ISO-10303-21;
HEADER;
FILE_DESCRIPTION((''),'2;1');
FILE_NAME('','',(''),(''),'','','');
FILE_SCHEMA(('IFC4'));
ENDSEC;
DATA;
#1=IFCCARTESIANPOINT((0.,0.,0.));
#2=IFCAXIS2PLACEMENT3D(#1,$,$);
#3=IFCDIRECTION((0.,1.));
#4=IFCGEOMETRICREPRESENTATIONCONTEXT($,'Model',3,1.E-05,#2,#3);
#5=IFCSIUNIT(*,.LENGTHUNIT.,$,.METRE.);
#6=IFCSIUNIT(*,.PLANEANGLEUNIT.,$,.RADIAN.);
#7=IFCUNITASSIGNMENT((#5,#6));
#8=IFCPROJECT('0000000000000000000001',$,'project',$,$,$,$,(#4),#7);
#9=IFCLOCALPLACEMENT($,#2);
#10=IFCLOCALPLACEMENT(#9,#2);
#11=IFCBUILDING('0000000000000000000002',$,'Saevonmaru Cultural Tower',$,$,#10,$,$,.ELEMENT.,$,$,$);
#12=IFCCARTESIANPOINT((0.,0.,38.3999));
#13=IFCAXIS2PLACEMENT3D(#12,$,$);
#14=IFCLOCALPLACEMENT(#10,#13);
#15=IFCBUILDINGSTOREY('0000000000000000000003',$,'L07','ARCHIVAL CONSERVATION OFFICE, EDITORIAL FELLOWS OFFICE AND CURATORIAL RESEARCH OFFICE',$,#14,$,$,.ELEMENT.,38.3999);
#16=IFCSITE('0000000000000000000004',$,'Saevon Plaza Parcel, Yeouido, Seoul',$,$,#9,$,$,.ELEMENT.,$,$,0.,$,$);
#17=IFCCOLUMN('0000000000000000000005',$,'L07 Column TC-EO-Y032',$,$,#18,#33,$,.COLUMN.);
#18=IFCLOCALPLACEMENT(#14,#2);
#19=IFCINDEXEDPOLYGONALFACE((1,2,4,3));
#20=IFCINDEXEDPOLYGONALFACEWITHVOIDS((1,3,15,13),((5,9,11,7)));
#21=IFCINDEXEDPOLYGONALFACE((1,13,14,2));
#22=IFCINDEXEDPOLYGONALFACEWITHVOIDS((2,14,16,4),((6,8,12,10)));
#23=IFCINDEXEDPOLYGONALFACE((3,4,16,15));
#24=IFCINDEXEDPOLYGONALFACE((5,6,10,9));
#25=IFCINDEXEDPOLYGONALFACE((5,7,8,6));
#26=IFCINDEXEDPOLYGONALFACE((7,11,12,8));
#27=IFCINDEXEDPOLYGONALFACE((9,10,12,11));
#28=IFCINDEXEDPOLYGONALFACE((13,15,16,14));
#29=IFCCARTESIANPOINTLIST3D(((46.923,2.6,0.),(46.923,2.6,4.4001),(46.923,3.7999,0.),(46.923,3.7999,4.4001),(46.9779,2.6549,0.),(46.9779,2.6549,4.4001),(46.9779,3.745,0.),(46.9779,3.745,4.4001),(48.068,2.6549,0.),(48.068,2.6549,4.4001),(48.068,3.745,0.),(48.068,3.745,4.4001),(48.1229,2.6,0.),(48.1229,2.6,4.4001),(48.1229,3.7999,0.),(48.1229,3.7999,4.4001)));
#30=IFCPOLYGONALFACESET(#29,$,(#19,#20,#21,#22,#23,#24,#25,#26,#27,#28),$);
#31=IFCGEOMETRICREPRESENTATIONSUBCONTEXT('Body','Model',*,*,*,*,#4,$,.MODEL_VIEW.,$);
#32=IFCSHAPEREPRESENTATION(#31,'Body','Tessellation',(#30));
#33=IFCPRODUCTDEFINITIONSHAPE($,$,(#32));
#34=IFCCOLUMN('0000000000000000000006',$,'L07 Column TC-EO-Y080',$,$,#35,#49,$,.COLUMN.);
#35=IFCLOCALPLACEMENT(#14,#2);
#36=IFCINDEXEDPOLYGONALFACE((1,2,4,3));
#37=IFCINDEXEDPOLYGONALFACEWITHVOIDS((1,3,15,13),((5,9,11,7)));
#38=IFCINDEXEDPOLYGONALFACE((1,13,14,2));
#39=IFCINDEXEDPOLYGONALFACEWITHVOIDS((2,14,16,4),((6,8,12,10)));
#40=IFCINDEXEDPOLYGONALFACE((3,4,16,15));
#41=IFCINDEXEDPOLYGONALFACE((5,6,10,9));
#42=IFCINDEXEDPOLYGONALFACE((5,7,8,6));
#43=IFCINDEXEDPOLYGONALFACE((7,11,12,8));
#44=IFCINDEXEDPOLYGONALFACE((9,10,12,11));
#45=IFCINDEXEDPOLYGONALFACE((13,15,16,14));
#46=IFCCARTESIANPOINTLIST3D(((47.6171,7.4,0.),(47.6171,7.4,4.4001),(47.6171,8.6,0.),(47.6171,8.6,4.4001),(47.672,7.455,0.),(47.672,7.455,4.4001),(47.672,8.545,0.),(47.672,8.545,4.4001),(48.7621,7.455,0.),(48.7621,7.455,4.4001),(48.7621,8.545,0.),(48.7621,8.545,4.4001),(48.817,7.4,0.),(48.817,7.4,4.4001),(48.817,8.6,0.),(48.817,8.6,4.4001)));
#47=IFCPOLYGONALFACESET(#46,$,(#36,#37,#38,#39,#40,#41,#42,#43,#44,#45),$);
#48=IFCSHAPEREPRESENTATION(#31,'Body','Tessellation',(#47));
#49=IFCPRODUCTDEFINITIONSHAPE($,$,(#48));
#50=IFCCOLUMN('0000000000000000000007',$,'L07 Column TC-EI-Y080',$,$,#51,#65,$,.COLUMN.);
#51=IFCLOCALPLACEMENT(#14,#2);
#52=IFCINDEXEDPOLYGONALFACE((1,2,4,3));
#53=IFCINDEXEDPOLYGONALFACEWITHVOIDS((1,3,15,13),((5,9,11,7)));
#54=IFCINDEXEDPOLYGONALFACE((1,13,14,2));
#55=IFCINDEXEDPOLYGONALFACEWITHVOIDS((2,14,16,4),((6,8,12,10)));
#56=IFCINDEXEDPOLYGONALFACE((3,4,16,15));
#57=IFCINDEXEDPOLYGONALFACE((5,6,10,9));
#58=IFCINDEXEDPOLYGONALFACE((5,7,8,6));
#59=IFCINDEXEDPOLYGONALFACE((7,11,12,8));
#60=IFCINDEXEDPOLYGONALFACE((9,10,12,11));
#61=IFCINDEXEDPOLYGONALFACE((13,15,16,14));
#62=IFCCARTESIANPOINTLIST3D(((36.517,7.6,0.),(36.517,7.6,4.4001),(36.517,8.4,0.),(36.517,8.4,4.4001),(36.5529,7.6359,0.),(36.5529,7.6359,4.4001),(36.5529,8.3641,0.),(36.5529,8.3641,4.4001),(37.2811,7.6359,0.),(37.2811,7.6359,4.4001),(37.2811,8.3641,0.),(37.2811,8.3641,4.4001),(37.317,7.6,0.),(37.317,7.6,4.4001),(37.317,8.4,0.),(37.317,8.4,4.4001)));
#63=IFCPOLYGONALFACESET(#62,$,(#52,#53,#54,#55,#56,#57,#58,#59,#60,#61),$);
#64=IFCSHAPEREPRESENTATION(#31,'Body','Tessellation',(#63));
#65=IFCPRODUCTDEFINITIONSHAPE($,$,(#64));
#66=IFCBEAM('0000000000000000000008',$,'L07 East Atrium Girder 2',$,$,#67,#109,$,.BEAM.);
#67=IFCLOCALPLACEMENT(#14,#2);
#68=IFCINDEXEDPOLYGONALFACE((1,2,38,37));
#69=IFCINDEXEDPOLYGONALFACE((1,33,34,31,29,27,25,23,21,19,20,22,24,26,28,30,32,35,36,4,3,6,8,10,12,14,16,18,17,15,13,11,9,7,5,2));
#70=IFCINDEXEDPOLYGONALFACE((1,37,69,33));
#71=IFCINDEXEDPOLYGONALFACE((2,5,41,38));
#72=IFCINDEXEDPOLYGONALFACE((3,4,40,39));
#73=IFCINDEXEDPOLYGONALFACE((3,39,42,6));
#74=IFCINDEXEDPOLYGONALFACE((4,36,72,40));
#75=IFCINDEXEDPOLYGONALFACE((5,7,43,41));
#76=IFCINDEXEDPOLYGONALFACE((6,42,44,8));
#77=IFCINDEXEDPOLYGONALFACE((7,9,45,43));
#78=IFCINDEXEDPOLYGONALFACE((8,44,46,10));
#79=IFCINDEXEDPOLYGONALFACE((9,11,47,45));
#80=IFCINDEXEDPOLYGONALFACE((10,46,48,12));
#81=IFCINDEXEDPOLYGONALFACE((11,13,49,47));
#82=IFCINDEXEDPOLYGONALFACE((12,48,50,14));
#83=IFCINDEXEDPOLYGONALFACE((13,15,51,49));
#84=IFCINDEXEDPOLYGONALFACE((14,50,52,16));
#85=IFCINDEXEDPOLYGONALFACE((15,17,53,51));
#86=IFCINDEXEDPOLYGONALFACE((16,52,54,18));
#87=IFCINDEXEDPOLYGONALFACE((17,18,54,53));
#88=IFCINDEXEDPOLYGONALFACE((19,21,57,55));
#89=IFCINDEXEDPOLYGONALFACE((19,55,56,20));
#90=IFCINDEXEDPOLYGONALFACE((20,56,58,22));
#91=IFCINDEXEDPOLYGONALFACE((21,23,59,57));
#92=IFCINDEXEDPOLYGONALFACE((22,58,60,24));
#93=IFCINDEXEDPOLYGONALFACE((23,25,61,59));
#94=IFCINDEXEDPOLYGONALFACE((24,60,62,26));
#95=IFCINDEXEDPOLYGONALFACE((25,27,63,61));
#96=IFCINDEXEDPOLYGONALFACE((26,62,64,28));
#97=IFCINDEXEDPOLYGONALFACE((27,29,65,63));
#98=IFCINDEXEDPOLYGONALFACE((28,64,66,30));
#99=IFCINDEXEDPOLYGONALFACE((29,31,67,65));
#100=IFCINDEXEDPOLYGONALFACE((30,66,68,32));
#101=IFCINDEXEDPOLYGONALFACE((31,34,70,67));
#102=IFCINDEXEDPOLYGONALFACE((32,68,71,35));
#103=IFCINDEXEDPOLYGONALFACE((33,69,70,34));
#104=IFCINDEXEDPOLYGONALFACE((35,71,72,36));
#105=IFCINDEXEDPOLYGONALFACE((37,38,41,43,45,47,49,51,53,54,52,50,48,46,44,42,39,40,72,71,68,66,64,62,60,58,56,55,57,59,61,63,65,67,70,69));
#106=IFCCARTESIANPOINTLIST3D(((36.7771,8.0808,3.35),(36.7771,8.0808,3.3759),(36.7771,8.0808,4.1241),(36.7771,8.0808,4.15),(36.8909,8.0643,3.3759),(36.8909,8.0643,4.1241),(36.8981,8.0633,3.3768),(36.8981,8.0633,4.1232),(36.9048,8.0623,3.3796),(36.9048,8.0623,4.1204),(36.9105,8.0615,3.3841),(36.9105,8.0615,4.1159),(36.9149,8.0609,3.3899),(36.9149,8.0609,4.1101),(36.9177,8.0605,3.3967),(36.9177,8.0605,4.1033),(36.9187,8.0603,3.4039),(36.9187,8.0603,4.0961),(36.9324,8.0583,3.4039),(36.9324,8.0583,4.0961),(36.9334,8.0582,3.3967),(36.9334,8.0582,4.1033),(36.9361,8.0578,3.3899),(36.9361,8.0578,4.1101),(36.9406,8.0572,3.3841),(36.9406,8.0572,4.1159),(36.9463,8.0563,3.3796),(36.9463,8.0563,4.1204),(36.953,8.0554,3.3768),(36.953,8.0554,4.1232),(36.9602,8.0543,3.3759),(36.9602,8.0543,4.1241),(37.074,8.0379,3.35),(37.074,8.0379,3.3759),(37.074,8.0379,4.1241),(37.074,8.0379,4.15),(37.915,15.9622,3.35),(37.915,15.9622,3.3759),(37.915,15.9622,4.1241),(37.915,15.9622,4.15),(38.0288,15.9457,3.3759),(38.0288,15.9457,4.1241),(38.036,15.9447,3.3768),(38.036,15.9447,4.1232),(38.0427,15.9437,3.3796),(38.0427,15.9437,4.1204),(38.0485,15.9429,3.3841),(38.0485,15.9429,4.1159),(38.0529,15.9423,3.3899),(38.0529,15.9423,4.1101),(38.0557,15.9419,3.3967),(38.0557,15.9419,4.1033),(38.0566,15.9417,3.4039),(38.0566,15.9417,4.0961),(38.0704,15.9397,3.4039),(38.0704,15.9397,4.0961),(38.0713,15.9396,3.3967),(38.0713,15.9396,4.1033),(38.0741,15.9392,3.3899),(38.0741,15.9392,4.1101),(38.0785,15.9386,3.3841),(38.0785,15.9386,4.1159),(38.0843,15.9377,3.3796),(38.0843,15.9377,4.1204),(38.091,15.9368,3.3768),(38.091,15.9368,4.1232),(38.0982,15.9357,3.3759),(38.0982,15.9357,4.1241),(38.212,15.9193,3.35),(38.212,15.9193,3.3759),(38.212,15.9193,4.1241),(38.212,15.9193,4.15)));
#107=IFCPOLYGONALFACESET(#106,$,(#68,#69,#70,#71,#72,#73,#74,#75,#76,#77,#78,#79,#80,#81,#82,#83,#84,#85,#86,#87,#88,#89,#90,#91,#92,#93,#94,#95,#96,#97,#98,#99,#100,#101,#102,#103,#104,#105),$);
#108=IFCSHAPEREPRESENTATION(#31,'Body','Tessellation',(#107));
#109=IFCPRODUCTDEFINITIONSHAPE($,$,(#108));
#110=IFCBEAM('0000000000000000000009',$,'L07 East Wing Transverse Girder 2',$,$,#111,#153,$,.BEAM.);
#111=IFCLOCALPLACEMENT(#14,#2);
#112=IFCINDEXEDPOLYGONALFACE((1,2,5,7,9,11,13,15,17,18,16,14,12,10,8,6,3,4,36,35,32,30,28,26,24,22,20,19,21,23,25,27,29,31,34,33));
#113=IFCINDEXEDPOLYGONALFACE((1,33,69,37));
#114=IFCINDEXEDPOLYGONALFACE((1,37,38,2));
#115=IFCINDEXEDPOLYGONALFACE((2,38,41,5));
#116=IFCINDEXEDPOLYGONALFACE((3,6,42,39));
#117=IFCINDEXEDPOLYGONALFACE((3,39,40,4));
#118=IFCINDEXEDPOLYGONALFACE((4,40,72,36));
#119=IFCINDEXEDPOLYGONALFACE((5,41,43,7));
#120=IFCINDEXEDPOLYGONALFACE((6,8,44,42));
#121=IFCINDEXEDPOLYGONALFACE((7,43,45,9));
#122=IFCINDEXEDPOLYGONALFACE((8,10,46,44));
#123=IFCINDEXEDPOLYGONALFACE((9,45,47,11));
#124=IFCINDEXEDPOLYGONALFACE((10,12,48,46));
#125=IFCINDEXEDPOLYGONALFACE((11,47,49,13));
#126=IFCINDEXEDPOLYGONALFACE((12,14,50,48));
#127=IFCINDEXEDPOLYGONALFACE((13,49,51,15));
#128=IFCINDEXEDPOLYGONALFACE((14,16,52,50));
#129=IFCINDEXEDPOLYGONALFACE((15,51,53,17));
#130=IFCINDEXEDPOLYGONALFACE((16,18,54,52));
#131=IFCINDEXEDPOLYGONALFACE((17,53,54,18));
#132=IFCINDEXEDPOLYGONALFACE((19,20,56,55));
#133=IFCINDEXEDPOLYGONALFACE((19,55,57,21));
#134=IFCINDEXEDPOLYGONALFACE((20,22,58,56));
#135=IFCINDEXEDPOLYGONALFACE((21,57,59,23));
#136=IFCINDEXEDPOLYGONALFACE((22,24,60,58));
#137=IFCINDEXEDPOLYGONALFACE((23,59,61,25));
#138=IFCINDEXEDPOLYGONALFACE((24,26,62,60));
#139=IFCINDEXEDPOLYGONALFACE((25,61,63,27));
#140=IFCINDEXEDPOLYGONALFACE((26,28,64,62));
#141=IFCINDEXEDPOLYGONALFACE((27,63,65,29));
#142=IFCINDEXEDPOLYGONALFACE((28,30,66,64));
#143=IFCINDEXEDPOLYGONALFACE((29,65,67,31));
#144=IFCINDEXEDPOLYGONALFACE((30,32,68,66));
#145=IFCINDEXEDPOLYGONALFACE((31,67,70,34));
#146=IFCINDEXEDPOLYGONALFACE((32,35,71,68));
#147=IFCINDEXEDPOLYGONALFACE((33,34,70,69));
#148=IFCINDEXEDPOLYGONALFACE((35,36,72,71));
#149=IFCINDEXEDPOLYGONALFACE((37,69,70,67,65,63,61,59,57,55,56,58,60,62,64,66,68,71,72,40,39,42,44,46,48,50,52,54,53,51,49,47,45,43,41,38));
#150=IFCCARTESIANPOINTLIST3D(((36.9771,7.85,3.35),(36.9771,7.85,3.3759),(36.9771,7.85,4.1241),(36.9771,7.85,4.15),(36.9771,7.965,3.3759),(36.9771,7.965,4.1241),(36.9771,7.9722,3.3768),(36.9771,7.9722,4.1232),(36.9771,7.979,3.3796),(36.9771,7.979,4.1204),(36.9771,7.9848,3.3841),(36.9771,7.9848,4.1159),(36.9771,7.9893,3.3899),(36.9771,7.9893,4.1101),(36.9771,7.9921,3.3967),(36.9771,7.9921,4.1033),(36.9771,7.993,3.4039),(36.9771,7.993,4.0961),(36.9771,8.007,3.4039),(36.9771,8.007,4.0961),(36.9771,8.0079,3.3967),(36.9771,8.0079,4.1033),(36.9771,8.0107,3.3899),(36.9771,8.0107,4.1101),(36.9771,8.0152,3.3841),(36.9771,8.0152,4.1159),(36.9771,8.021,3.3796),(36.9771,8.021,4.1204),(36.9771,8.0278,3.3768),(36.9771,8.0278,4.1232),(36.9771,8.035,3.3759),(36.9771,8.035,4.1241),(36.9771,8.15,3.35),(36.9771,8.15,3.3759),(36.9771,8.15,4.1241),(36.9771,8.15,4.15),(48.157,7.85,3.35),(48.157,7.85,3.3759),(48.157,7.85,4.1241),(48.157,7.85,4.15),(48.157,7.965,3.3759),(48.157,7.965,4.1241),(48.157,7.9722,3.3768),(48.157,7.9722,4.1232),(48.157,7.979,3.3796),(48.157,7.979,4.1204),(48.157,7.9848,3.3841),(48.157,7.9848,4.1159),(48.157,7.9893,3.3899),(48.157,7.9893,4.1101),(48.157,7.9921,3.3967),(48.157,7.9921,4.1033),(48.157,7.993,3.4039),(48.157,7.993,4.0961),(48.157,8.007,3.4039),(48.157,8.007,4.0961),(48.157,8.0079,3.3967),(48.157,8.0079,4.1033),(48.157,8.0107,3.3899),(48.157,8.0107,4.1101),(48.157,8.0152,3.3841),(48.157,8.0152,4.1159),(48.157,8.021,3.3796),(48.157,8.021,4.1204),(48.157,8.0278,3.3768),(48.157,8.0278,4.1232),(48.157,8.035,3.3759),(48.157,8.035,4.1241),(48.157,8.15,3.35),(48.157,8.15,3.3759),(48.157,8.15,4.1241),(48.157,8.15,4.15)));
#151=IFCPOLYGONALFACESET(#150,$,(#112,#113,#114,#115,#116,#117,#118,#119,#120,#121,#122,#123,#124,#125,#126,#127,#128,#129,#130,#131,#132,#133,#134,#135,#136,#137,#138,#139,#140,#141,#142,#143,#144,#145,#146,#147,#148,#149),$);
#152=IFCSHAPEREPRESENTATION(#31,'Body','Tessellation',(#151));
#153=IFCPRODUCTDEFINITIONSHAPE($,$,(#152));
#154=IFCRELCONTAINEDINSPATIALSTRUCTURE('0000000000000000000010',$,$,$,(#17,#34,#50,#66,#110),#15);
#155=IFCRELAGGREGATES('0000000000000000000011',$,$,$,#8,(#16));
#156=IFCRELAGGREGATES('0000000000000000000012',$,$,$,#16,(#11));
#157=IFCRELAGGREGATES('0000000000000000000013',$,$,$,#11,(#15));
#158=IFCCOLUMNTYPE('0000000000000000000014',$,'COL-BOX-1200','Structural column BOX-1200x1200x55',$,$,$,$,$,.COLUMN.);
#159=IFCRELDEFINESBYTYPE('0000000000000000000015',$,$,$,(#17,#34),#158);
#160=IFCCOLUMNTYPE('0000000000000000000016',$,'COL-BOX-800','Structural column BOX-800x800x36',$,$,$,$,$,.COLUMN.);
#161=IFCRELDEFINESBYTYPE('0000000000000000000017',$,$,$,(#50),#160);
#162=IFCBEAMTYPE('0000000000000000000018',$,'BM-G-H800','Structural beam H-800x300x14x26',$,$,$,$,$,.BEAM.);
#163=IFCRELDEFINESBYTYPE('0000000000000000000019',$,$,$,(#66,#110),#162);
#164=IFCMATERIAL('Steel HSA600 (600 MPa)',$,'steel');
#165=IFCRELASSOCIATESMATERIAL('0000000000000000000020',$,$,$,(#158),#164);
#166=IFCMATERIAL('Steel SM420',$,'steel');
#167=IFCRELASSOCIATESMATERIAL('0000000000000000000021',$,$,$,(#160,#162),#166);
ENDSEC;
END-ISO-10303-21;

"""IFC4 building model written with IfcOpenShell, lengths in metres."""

from ifc_helpers import new_model, si_unit, direction, frame, origin, origin_2d, place, context, subcontext, project, spatial, hollow_rectangle, i_section, extrude, material, material_profile, profile_set, type_object, element, save


model = new_model("IFC4")

# Units and contexts
model_context = context("Model", 3, precision=1e-05, world=origin(), true_north=direction((0.0, 1.0)))
body_context = subcontext(model_context, "Body", "Model", "MODEL_VIEW")
ifc_project = project(units=[si_unit("LENGTHUNIT", "METRE"), si_unit("PLANEANGLEUNIT", "RADIAN")], contexts=[model_context])

# Site, building, storey
site_placement = place(None, origin())
site = spatial("IfcSite", under=ifc_project, at=site_placement, Name="Saevon Plaza Parcel, Yeouido, Seoul", CompositionType="ELEMENT", RefElevation=0.0)
building_placement = place(site_placement, origin())
building = spatial("IfcBuilding", under=site, at=building_placement, Name="Saevonmaru Cultural Tower", CompositionType="ELEMENT")
storey_placement = place(building_placement, frame((0.0, 0.0, 38.3999)))
storey = spatial("IfcBuildingStorey", under=building, at=storey_placement, Name="L07", Description="ARCHIVAL CONSERVATION OFFICE, EDITORIAL FELLOWS OFFICE AND CURATORIAL RESEARCH OFFICE", CompositionType="ELEMENT", Elevation=38.3999)

# Columns
ifc_material_1 = material(Name="Steel HSA600 (600 MPa)", Category="steel")
ifc_material_profile_1 = material_profile(ifc_material_1, hollow_rectangle(XDim=1.2, YDim=1.2, WallThickness=0.0549, at=origin_2d()), Name="BOX-1200x1200x55")
ifc_profile_set_1 = profile_set([ifc_material_profile_1], Name="Steel HSA600 (600 MPa)")
column_type_1 = type_object("IfcColumnType", Name="COL-BOX-1200", Description="Structural column BOX-1200x1200x55", PredefinedType="COLUMN", material=ifc_profile_set_1)
for number, where, z_axis, x_axis, name in (
    (1, (47.5229, 3.2, 0.0), (0.0, 0.0, 1.0), (1.0, 0.0, 0.0), "L07 Column TC-EO-Y032"),
    (2, (48.217, 8.0, 0.0), (0.0, 0.0, 1.0), (1.0, 0.0, 0.0), "L07 Column TC-EO-Y080"),
):
    element("IfcColumn", number, at=place(storey_placement, frame(where, z_axis=z_axis, x_axis=x_axis)), inside=storey, type_object=column_type_1, Name=name, PredefinedType="COLUMN", context=body_context, shape_type="SweptSolid", body=[
        extrude(hollow_rectangle(XDim=1.2, YDim=1.2, WallThickness=0.0549, at=origin_2d()), origin(), (0.0, 0.0, 1.0), 4.4001),
    ])
ifc_material_2 = material(Name="Steel SM420", Category="steel")
ifc_material_profile_2 = material_profile(ifc_material_2, hollow_rectangle(XDim=0.8, YDim=0.8, WallThickness=0.0359, at=origin_2d()), Name="BOX-800x800x36")
ifc_profile_set_2 = profile_set([ifc_material_profile_2], Name="Steel SM420")
column_type_2 = type_object("IfcColumnType", Name="COL-BOX-800", Description="Structural column BOX-800x800x36", PredefinedType="COLUMN", material=ifc_profile_set_2)
column_placement = place(storey_placement, frame((36.917, 8.0, 0.0), z_axis=(0.0, 0.0, 1.0), x_axis=(1.0, 0.0, 0.0)))
element("IfcColumn", 3, at=column_placement, inside=storey, type_object=column_type_2, Name="L07 Column TC-EI-Y080", PredefinedType="COLUMN", context=body_context, shape_type="SweptSolid", body=[
    extrude(hollow_rectangle(XDim=0.8, YDim=0.8, WallThickness=0.0359, at=origin_2d()), origin(), (0.0, 0.0, 1.0), 4.4001),
])

# Beams
ifc_material_profile_3 = material_profile(ifc_material_2, i_section(OverallWidth=0.3, OverallDepth=0.8, WebThickness=0.0139, FlangeThickness=0.0259, FilletRadius=0.0281, at=origin_2d()), Name="H-800x300x14x26")
ifc_profile_set_3 = profile_set([ifc_material_profile_3], Name="Steel SM420")
beam_type_1 = type_object("IfcBeamType", Name="BM-G-H800", Description="Structural beam H-800x300x14x26", PredefinedType="BEAM", material=ifc_profile_set_3)
beam_1_placement = place(storey_placement, frame((36.9255, 8.0593, 3.75), z_axis=(0.142902, 0.989737, 0.0), x_axis=(-0.989737, 0.142902, 0.0)))
element("IfcBeam", 4, at=beam_1_placement, inside=storey, type_object=beam_type_1, Name="L07 East Atrium Girder 2", PredefinedType="BEAM", context=body_context, shape_type="SweptSolid", body=[
    extrude(i_section(OverallWidth=0.3, OverallDepth=0.8, WebThickness=0.0139, FlangeThickness=0.0259, FilletRadius=0.0281, at=origin_2d()), origin(), (0.0, 0.0, 1.0), 7.9631),
])
beam_2_placement = place(storey_placement, frame((36.9771, 8.0, 3.75), z_axis=(1.0, 0.0, 0.0), x_axis=(0.0, 1.0, 0.0)))
element("IfcBeam", 5, at=beam_2_placement, inside=storey, type_object=beam_type_1, Name="L07 East Wing Transverse Girder 2", PredefinedType="BEAM", context=body_context, shape_type="SweptSolid", body=[
    extrude(i_section(OverallWidth=0.3, OverallDepth=0.8, WebThickness=0.0139, FlangeThickness=0.0259, FilletRadius=0.0281, at=origin_2d()), origin(), (0.0, 0.0, 1.0), 11.1799),
])

save(model, "model.ifc")
